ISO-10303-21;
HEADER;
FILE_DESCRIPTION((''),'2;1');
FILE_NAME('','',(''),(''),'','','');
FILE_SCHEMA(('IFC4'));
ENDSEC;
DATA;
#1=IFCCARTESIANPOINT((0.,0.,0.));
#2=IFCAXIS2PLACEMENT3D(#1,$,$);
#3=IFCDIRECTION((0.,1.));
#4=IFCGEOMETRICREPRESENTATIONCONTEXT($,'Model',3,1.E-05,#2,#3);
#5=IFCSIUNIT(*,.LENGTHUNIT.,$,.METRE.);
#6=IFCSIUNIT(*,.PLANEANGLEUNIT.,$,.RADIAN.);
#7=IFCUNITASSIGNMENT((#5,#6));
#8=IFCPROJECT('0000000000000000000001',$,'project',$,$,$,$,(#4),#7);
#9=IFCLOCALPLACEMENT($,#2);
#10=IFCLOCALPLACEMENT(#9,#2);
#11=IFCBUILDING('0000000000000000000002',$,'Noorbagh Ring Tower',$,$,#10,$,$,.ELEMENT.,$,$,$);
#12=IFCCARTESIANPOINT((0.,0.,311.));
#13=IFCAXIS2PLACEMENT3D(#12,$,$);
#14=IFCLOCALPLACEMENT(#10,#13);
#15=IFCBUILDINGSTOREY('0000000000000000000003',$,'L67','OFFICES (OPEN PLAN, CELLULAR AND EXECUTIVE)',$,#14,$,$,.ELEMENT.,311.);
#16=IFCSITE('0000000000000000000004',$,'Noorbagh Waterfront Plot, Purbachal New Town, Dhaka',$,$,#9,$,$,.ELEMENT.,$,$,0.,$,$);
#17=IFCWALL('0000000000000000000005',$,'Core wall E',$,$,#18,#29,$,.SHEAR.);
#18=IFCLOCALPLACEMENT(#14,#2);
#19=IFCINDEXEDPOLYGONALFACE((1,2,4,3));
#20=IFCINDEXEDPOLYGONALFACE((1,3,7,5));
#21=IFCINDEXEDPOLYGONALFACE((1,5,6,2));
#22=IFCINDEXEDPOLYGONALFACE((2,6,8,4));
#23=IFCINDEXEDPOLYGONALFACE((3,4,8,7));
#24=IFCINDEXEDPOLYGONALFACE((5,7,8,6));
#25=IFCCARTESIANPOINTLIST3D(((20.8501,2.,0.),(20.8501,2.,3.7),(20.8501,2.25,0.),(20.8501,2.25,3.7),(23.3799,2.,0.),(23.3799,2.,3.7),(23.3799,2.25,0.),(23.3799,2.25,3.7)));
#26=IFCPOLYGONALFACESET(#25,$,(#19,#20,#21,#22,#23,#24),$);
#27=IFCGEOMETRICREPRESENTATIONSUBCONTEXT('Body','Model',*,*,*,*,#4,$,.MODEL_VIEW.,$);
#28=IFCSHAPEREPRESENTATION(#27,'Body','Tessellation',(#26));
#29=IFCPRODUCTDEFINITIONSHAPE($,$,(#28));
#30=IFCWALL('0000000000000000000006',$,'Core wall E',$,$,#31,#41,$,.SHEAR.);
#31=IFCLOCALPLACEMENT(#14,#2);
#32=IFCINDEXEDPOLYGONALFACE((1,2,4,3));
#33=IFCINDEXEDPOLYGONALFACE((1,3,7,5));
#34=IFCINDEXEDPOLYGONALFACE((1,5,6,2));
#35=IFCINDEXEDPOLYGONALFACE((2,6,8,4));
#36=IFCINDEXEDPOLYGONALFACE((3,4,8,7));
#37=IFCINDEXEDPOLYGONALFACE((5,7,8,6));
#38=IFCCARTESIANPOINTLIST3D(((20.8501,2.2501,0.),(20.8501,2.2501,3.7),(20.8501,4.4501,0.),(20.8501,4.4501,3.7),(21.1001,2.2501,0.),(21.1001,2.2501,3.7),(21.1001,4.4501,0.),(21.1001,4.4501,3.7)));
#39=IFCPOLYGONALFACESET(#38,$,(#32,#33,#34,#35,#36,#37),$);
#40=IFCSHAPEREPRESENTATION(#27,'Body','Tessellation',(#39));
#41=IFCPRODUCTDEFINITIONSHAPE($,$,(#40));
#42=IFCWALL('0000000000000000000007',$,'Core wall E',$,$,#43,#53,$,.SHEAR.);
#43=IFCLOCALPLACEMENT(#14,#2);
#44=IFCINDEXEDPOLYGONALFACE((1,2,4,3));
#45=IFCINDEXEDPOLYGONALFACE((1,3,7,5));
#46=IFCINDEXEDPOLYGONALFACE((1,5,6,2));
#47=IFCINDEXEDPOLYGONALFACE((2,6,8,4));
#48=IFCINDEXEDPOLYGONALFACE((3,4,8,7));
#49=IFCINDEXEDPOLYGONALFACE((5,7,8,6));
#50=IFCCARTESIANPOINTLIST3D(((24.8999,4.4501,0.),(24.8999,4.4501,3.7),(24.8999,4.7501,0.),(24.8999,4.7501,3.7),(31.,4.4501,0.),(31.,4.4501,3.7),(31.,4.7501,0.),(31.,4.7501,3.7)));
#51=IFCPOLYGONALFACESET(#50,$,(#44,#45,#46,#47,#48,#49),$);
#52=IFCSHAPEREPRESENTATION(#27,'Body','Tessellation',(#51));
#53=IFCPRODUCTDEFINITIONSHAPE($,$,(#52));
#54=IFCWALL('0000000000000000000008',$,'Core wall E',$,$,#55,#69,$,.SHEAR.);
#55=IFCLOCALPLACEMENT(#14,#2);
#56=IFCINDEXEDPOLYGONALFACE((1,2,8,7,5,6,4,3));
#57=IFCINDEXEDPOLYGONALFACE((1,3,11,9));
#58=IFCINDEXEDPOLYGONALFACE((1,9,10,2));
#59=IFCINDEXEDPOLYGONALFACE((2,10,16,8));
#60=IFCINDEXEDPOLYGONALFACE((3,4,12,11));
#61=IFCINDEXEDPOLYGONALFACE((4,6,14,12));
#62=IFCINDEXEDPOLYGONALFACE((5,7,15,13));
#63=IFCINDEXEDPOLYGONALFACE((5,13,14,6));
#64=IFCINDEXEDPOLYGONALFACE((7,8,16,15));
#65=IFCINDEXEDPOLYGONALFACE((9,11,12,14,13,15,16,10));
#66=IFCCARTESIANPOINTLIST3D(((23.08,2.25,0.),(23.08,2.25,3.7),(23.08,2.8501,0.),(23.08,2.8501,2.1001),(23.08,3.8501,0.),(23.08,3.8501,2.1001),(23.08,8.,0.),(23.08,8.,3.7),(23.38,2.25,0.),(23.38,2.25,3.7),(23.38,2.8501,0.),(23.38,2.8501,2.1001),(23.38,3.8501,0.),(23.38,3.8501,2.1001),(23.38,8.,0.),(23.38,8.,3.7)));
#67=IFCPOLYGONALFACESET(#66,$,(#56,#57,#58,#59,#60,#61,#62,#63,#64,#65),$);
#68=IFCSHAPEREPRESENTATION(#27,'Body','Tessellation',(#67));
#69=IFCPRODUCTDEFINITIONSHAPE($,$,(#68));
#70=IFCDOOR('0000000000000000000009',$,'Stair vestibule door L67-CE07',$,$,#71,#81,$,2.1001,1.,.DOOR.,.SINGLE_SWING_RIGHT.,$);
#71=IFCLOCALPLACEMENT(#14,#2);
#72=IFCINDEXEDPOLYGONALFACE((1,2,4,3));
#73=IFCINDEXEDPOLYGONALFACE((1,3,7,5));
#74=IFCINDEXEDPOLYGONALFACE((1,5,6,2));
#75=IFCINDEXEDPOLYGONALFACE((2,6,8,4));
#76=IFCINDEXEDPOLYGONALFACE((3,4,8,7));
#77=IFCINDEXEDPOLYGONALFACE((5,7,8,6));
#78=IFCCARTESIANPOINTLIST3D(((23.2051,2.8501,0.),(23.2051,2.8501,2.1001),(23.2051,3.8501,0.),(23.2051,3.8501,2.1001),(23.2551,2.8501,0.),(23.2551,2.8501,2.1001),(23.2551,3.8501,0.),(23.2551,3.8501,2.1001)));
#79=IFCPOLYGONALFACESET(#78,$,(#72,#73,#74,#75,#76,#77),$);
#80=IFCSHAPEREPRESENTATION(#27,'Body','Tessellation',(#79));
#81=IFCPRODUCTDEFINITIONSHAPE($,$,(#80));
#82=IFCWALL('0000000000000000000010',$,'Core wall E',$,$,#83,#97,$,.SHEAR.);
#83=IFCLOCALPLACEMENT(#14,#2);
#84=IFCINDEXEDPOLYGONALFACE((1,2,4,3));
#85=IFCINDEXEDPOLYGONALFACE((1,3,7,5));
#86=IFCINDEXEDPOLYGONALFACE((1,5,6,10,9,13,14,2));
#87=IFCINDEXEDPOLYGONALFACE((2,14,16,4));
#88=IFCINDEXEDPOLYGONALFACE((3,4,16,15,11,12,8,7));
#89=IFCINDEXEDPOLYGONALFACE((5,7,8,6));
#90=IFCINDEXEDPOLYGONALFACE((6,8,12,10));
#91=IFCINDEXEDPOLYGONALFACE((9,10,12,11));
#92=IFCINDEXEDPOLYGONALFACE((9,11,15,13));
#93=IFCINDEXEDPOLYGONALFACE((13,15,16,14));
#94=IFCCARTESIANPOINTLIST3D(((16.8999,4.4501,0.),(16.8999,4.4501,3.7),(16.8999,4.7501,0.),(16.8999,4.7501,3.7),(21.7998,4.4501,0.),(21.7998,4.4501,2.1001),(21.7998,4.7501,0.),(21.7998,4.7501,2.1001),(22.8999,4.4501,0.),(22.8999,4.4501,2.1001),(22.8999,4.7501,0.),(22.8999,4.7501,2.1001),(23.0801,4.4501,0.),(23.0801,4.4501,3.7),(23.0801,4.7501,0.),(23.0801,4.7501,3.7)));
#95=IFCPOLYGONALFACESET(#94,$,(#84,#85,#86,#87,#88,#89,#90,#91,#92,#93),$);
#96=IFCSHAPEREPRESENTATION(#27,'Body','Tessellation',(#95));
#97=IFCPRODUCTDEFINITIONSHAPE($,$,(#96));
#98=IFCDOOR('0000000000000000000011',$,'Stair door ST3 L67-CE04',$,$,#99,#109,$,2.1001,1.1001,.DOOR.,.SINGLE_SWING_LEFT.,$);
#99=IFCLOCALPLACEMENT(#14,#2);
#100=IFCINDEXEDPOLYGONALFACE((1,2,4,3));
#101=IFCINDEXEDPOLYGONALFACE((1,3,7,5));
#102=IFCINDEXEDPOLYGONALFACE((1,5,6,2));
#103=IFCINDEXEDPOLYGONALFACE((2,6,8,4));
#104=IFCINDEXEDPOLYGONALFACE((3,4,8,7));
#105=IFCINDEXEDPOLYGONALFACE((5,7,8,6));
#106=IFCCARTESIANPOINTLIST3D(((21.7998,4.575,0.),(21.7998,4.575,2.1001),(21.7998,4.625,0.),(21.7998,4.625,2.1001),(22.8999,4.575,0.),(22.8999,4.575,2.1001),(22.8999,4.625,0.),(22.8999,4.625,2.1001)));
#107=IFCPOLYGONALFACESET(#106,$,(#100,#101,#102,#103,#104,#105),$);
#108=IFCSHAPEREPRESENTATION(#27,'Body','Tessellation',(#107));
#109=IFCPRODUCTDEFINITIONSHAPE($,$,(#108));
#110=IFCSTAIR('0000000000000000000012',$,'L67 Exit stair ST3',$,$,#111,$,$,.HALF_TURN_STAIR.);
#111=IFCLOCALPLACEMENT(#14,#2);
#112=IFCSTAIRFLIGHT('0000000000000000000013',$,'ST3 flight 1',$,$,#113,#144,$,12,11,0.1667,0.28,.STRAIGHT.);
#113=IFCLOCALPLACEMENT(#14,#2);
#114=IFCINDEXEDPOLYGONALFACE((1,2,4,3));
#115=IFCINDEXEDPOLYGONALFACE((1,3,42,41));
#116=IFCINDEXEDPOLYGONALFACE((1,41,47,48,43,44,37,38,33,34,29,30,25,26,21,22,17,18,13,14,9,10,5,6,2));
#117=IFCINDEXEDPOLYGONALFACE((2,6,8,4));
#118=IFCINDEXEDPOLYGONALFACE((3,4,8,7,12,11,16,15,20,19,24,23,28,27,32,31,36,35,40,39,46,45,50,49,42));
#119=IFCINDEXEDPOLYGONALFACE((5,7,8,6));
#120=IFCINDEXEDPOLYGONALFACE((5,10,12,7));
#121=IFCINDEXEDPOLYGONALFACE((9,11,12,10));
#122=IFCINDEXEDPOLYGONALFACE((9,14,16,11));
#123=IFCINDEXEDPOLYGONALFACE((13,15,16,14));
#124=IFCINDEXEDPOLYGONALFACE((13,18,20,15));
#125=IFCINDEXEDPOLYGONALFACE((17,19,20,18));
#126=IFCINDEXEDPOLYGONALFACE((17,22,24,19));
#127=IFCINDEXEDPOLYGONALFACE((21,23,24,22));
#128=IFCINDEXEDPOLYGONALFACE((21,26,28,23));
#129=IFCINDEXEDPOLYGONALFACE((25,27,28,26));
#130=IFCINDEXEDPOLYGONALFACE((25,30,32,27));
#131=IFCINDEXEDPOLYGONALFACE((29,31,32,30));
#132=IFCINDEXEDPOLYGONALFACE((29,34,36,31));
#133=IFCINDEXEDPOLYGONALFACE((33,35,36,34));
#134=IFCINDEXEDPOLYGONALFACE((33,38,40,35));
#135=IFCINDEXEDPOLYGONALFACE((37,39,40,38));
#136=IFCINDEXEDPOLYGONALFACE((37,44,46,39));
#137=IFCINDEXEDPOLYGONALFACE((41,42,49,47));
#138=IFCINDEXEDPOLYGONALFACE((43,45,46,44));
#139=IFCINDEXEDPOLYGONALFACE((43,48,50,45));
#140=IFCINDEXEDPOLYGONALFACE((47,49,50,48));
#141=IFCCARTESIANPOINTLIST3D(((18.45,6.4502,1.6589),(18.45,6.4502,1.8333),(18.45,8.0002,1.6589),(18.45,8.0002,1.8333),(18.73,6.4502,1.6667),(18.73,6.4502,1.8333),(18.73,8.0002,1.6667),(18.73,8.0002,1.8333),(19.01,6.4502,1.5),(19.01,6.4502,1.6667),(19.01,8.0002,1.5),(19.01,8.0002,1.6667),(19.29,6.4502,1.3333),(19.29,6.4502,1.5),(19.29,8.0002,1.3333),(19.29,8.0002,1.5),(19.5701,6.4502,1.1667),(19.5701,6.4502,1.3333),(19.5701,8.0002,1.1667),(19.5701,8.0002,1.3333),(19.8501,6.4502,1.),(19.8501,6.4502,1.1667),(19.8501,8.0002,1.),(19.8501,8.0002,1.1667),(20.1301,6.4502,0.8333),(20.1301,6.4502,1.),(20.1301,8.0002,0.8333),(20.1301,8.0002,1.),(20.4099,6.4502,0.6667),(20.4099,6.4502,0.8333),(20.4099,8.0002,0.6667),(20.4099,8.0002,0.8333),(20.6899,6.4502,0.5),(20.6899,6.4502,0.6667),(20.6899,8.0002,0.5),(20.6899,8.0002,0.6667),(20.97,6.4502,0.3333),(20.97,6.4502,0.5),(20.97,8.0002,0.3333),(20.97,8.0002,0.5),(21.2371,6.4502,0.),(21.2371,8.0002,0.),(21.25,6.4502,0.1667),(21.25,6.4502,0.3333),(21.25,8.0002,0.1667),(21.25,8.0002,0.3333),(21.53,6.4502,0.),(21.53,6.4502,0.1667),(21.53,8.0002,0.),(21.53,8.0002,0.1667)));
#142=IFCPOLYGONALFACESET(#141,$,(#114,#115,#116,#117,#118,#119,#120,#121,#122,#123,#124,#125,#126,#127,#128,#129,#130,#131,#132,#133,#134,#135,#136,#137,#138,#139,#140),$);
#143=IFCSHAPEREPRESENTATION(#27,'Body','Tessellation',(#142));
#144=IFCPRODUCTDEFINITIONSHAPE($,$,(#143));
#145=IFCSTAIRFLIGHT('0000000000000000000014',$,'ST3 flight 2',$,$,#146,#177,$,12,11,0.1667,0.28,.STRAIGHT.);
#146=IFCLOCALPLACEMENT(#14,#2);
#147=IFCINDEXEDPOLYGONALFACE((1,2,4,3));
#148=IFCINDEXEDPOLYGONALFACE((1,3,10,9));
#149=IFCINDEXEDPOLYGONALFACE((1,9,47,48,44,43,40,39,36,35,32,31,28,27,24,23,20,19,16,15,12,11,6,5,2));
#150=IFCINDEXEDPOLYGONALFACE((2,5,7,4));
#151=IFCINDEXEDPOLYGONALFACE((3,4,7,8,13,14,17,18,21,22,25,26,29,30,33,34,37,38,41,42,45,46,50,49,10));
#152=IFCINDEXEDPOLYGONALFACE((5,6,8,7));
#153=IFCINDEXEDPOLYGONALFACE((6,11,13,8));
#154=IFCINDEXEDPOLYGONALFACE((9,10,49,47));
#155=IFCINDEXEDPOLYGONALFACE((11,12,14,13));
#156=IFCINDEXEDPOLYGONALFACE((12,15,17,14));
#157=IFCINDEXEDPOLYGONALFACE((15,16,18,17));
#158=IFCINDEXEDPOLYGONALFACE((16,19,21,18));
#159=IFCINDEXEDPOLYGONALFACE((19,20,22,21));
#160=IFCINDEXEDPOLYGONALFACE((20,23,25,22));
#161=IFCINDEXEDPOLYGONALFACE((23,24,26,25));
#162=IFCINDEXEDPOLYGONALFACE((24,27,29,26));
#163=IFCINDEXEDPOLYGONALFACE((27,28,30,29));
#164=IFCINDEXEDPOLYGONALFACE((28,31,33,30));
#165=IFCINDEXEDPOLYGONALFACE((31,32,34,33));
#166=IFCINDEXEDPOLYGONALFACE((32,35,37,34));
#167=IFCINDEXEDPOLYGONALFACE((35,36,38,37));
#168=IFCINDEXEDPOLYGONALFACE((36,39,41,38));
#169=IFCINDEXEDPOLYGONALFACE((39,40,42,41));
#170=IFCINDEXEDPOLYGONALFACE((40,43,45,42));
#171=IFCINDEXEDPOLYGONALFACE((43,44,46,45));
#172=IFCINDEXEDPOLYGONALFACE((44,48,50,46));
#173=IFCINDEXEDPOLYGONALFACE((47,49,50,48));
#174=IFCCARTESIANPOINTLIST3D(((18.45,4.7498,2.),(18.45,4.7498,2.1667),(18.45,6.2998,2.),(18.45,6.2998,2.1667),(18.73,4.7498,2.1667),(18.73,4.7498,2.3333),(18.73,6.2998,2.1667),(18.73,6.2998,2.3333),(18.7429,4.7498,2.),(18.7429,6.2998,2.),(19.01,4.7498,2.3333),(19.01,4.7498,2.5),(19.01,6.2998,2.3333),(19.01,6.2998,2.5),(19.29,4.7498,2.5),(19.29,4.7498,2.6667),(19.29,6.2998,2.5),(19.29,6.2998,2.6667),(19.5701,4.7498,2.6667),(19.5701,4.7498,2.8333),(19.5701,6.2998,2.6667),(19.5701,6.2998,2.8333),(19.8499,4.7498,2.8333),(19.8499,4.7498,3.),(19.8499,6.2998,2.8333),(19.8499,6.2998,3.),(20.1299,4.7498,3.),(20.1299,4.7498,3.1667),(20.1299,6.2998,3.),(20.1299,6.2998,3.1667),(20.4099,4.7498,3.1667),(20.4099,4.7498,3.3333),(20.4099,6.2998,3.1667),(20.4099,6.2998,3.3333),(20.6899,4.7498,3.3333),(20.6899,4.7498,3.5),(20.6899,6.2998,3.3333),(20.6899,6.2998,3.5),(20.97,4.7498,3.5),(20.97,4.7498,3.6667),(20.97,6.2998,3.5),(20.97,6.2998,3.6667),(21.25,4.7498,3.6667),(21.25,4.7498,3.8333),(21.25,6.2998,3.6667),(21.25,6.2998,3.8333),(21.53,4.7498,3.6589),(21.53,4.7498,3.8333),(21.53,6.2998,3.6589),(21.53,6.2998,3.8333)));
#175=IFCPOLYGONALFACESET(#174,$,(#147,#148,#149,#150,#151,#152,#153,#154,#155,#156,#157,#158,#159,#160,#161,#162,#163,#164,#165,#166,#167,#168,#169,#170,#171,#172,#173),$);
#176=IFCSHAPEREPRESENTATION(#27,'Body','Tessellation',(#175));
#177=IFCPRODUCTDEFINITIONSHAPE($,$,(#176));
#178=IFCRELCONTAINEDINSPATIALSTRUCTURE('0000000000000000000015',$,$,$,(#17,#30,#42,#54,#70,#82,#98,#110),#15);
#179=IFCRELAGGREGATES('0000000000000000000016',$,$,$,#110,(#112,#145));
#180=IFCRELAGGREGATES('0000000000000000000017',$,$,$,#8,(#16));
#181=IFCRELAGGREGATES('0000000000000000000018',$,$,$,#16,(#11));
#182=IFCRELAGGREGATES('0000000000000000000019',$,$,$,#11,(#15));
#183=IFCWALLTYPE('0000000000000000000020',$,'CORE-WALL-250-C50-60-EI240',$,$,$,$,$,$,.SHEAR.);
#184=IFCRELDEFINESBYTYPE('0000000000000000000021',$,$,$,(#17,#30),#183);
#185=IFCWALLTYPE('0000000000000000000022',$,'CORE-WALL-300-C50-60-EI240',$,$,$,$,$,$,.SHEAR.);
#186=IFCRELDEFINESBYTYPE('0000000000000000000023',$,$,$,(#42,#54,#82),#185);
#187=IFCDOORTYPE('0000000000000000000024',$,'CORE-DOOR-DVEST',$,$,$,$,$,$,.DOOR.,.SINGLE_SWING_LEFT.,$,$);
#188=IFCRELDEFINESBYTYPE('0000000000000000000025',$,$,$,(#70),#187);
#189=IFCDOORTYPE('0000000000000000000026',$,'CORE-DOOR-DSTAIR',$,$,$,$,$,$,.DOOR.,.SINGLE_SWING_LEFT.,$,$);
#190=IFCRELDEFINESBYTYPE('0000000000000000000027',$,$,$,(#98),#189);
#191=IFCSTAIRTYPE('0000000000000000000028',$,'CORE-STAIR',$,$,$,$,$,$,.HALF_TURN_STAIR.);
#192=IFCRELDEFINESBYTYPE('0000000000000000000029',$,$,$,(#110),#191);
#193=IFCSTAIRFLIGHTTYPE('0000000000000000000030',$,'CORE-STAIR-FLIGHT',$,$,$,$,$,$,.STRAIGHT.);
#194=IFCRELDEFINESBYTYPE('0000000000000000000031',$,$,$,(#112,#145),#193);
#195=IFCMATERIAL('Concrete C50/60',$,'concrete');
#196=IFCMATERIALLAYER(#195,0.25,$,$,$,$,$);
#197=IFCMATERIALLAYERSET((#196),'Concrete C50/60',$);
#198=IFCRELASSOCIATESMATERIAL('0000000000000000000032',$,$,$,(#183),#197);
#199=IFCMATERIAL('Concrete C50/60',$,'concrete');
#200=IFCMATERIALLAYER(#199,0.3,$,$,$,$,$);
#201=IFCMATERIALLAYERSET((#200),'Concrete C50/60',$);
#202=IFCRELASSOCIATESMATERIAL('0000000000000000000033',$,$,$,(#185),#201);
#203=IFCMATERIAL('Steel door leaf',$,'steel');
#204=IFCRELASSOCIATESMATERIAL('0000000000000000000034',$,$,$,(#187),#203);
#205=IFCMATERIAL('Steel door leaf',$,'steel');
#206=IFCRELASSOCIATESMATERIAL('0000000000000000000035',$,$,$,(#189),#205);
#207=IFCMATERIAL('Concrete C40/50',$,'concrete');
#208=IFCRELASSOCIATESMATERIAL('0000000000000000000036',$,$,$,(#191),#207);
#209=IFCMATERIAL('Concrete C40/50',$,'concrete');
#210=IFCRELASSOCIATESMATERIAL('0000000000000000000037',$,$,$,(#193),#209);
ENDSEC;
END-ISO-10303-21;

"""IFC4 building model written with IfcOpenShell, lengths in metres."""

from ifc_helpers import new_model, si_unit, direction, frame, frame_2d, origin, place, context, subcontext, project, spatial, polyline, rectangle, outline, extrude, material, layer, layer_set, type_object, element, fill, aggregate, save


model = new_model("IFC4")

# Units and contexts
model_context = context("Model", 3, precision=1e-05, world=origin(), true_north=direction((0.0, 1.0)))
body_context = subcontext(model_context, "Body", "Model", "MODEL_VIEW")
ifc_project = project(units=[si_unit("LENGTHUNIT", "METRE"), si_unit("PLANEANGLEUNIT", "RADIAN")], contexts=[model_context])

# Site, building, storey
site_placement = place(None, origin())
site = spatial("IfcSite", under=ifc_project, at=site_placement, Name="Noorbagh Waterfront Plot, Purbachal New Town, Dhaka", CompositionType="ELEMENT", RefElevation=0.0)
building_placement = place(site_placement, origin())
building = spatial("IfcBuilding", under=site, at=building_placement, Name="Noorbagh Ring Tower", CompositionType="ELEMENT")
storey_placement = place(building_placement, frame((0.0, 0.0, 311.0)))
storey = spatial("IfcBuildingStorey", under=building, at=storey_placement, Name="L67", Description="OFFICES (OPEN PLAN, CELLULAR AND EXECUTIVE)", CompositionType="ELEMENT", Elevation=311.0)

# Walls
ifc_material_1 = material(Name="Concrete C50/60", Category="concrete")
ifc_layer_1 = layer(ifc_material_1, 0.25)
ifc_layer_set_1 = layer_set([ifc_layer_1], Name="Concrete C50/60")
wall_type_1 = type_object("IfcWallType", Name="CORE-WALL-250-C50-60-EI240", PredefinedType="SHEAR", material=ifc_layer_set_1)
wall_1_placement = place(storey_placement, frame((20.8501, 2.125, 0.0), z_axis=(0.0, 0.0, 1.0), x_axis=(1.0, 0.0, 0.0)))
element("IfcWall", 1, at=wall_1_placement, inside=storey, type_object=wall_type_1, Name="Core wall E", PredefinedType="SHEAR", context=body_context, shape_type="SweptSolid", body=[
    extrude(rectangle(XDim=2.5298, YDim=0.25, at=frame_2d((1.2649, 0.0))), origin(), (0.0, 0.0, 1.0), 3.7),
])
wall_2_placement = place(storey_placement, frame((20.9751, 2.25, 0.0), z_axis=(0.0, 0.0, 1.0), x_axis=(0.0, 1.0, 0.0)))
element("IfcWall", 2, at=wall_2_placement, inside=storey, type_object=wall_type_1, Name="Core wall E", PredefinedType="SHEAR", context=body_context, shape_type="SweptSolid", body=[
    extrude(rectangle(XDim=2.2, YDim=0.25, at=frame_2d((1.1001, 0.0))), origin(), (0.0, 0.0, 1.0), 3.7),
])
ifc_material_2 = material(Name="Concrete C50/60", Category="concrete")
ifc_layer_2 = layer(ifc_material_2, 0.3)
ifc_layer_set_2 = layer_set([ifc_layer_2], Name="Concrete C50/60")
wall_type_2 = type_object("IfcWallType", Name="CORE-WALL-300-C50-60-EI240", PredefinedType="SHEAR", material=ifc_layer_set_2)
wall_3_placement = place(storey_placement, frame((24.8999, 4.6001, 0.0), z_axis=(0.0, 0.0, 1.0), x_axis=(1.0, 0.0, 0.0)))
element("IfcWall", 3, at=wall_3_placement, inside=storey, type_object=wall_type_2, Name="Core wall E", PredefinedType="SHEAR", context=body_context, shape_type="SweptSolid", body=[
    extrude(rectangle(XDim=6.1001, YDim=0.3, at=frame_2d((3.05, 0.0))), origin(), (0.0, 0.0, 1.0), 3.7),
])

# Walls, openings, doors
wall_4_placement = place(storey_placement, frame((23.23, 2.25, 0.0), z_axis=(0.0, 0.0, 1.0), x_axis=(0.0, 1.0, 0.0)))
wall_4 = element("IfcWall", 4, at=wall_4_placement, inside=storey, type_object=wall_type_2, Name="Core wall E", PredefinedType="SHEAR", context=body_context, shape_type="SweptSolid", body=[
    extrude(rectangle(XDim=5.75, YDim=0.3, at=frame_2d((2.875, 0.0))), origin(), (0.0, 0.0, 1.0), 3.7),
])
opening_1_placement = place(wall_4_placement, frame((0.6001, 0.0, 0.0)))
opening_1 = element("IfcOpeningElement", 5, at=opening_1_placement, cuts=wall_4, PredefinedType="OPENING", context=body_context, shape_type="SweptSolid", body=[
    extrude(rectangle(XDim=1.0, YDim=2.1001, at=frame_2d((0.5, 1.05))), frame((0.0, 0.1602, 0.0), z_axis=(0.0, -1.0, 0.0), x_axis=(1.0, 0.0, 0.0)), (0.0, 0.0, 1.0), 0.3201),
])
ifc_material_3 = material(Name="Steel door leaf", Category="steel")
door_type_1 = type_object("IfcDoorType", Name="CORE-DOOR-DVEST", OperationType="SINGLE_SWING_LEFT", PredefinedType="DOOR", material=ifc_material_3)
door_1_placement = place(opening_1_placement, origin())
door_1 = element("IfcDoor", 6, at=door_1_placement, inside=storey, type_object=door_type_1, Name="Stair vestibule door L67-CE07", OperationType="SINGLE_SWING_RIGHT", OverallHeight=2.1001, OverallWidth=1.0, PredefinedType="DOOR", context=body_context, shape_type="SweptSolid", body=[
    extrude(rectangle(XDim=1.0, YDim=2.1001, at=frame_2d((0.5, 1.05))), frame((0.0, 0.0249, 0.0), z_axis=(0.0, -1.0, 0.0), x_axis=(1.0, 0.0, 0.0)), (0.0, 0.0, 1.0), 0.05),
])
fill(opening_1, door_1)
wall_5_placement = place(storey_placement, frame((16.8999, 4.6001, 0.0), z_axis=(0.0, 0.0, 1.0), x_axis=(1.0, 0.0, 0.0)))
wall_5 = element("IfcWall", 7, at=wall_5_placement, inside=storey, type_object=wall_type_2, Name="Core wall E", PredefinedType="SHEAR", context=body_context, shape_type="SweptSolid", body=[
    extrude(rectangle(XDim=6.1802, YDim=0.3, at=frame_2d((3.0901, 0.0))), origin(), (0.0, 0.0, 1.0), 3.7),
])
opening_2_placement = place(wall_5_placement, frame((4.8999, 0.0, 0.0)))
opening_2 = element("IfcOpeningElement", 8, at=opening_2_placement, cuts=wall_5, PredefinedType="OPENING", context=body_context, shape_type="SweptSolid", body=[
    extrude(rectangle(XDim=1.1001, YDim=2.1001, at=frame_2d((0.55, 1.05))), frame((0.0, 0.1602, 0.0), z_axis=(0.0, -1.0, 0.0), x_axis=(1.0, 0.0, 0.0)), (0.0, 0.0, 1.0), 0.3201),
])
ifc_material_4 = material(Name="Steel door leaf", Category="steel")
door_type_2 = type_object("IfcDoorType", Name="CORE-DOOR-DSTAIR", OperationType="SINGLE_SWING_LEFT", PredefinedType="DOOR", material=ifc_material_4)
door_2_placement = place(opening_2_placement, origin())
door_2 = element("IfcDoor", 9, at=door_2_placement, inside=storey, type_object=door_type_2, Name="Stair door ST3 L67-CE04", OperationType="SINGLE_SWING_LEFT", OverallHeight=2.1001, OverallWidth=1.1001, PredefinedType="DOOR", context=body_context, shape_type="SweptSolid", body=[
    extrude(rectangle(XDim=1.1001, YDim=2.1001, at=frame_2d((0.55, 1.05))), frame((0.0, 0.0249, 0.0), z_axis=(0.0, -1.0, 0.0), x_axis=(1.0, 0.0, 0.0)), (0.0, 0.0, 1.0), 0.05),
])
fill(opening_2, door_2)

# Stair, stair flights
ifc_material_5 = material(Name="Concrete C40/50", Category="concrete")
stair_type = type_object("IfcStairType", Name="CORE-STAIR", PredefinedType="HALF_TURN_STAIR", material=ifc_material_5)
stair_placement = place(storey_placement, origin())
stair = element("IfcStair", 10, at=stair_placement, inside=storey, type_object=stair_type, Name="L67 Exit stair ST3", PredefinedType="HALF_TURN_STAIR")
ifc_material_6 = material(Name="Concrete C40/50", Category="concrete")
stair_flight_type = type_object("IfcStairFlightType", Name="CORE-STAIR-FLIGHT", PredefinedType="STRAIGHT", material=ifc_material_6)
stair_flight_1_placement = place(storey_placement, frame((21.53, 7.2251, 0.0), z_axis=(0.0, 0.0, 1.0), x_axis=(-1.0, 0.0, 0.0)))
stair_flight_1 = element("IfcStairFlight", 11, at=stair_flight_1_placement, type_object=stair_flight_type, Name="ST3 flight 1", NumberOfRisers=12, NumberOfTreads=11, PredefinedType="STRAIGHT", RiserHeight=0.1667, TreadLength=0.28, context=body_context, shape_type="SweptSolid", body=[
    extrude(outline(polyline([(0.0, 0.0), (0.0, 0.1667), (0.28, 0.1667), (0.28, 0.3333), (0.5601, 0.3333), (0.5601, 0.5), (0.8401, 0.5), (0.8401, 0.6667), (1.1201, 0.6667), (1.1201, 0.8333), (1.3999, 0.8333), (1.3999, 1.0), (1.6799, 1.0), (1.6799, 1.1667), (1.96, 1.1667), (1.96, 1.3333), (2.24, 1.3333), (2.24, 1.5), (2.52, 1.5), (2.52, 1.6667), (2.8, 1.6667), (2.8, 1.8333), (3.0801, 1.8333), (3.0801, 2.0), (3.0801, 1.6589), (0.293, 0.0), (0.0, 0.0)])), frame((0.0, 0.7749, 0.0), z_axis=(0.0, -1.0, 0.0), x_axis=(1.0, 0.0, 0.0)), (0.0, 0.0, 1.0), 1.55),
])
stair_flight_2_placement = place(storey_placement, frame((18.45, 5.5249, 2.0), z_axis=(0.0, 0.0, 1.0), x_axis=(1.0, 0.0, 0.0)))
stair_flight_2 = element("IfcStairFlight", 12, at=stair_flight_2_placement, type_object=stair_flight_type, Name="ST3 flight 2", NumberOfRisers=12, NumberOfTreads=11, PredefinedType="STRAIGHT", RiserHeight=0.1667, TreadLength=0.28, context=body_context, shape_type="SweptSolid", body=[
    extrude(outline(polyline([(0.0, 0.0), (0.0, 0.1667), (0.28, 0.1667), (0.28, 0.3333), (0.5601, 0.3333), (0.5601, 0.5), (0.8401, 0.5), (0.8401, 0.6667), (1.1201, 0.6667), (1.1201, 0.8333), (1.3999, 0.8333), (1.3999, 1.0), (1.6799, 1.0), (1.6799, 1.1667), (1.96, 1.1667), (1.96, 1.3333), (2.24, 1.3333), (2.24, 1.5), (2.52, 1.5), (2.52, 1.6667), (2.8, 1.6667), (2.8, 1.8333), (3.0801, 1.8333), (3.0801, 2.0), (3.0801, 1.6589), (0.293, 0.0), (0.0, 0.0)])), frame((0.0, 0.7749, 0.0), z_axis=(0.0, -1.0, 0.0), x_axis=(1.0, 0.0, 0.0)), (0.0, 0.0, 1.0), 1.55),
])
aggregate(stair, [stair_flight_1, stair_flight_2])

save(model, "model.ifc")
